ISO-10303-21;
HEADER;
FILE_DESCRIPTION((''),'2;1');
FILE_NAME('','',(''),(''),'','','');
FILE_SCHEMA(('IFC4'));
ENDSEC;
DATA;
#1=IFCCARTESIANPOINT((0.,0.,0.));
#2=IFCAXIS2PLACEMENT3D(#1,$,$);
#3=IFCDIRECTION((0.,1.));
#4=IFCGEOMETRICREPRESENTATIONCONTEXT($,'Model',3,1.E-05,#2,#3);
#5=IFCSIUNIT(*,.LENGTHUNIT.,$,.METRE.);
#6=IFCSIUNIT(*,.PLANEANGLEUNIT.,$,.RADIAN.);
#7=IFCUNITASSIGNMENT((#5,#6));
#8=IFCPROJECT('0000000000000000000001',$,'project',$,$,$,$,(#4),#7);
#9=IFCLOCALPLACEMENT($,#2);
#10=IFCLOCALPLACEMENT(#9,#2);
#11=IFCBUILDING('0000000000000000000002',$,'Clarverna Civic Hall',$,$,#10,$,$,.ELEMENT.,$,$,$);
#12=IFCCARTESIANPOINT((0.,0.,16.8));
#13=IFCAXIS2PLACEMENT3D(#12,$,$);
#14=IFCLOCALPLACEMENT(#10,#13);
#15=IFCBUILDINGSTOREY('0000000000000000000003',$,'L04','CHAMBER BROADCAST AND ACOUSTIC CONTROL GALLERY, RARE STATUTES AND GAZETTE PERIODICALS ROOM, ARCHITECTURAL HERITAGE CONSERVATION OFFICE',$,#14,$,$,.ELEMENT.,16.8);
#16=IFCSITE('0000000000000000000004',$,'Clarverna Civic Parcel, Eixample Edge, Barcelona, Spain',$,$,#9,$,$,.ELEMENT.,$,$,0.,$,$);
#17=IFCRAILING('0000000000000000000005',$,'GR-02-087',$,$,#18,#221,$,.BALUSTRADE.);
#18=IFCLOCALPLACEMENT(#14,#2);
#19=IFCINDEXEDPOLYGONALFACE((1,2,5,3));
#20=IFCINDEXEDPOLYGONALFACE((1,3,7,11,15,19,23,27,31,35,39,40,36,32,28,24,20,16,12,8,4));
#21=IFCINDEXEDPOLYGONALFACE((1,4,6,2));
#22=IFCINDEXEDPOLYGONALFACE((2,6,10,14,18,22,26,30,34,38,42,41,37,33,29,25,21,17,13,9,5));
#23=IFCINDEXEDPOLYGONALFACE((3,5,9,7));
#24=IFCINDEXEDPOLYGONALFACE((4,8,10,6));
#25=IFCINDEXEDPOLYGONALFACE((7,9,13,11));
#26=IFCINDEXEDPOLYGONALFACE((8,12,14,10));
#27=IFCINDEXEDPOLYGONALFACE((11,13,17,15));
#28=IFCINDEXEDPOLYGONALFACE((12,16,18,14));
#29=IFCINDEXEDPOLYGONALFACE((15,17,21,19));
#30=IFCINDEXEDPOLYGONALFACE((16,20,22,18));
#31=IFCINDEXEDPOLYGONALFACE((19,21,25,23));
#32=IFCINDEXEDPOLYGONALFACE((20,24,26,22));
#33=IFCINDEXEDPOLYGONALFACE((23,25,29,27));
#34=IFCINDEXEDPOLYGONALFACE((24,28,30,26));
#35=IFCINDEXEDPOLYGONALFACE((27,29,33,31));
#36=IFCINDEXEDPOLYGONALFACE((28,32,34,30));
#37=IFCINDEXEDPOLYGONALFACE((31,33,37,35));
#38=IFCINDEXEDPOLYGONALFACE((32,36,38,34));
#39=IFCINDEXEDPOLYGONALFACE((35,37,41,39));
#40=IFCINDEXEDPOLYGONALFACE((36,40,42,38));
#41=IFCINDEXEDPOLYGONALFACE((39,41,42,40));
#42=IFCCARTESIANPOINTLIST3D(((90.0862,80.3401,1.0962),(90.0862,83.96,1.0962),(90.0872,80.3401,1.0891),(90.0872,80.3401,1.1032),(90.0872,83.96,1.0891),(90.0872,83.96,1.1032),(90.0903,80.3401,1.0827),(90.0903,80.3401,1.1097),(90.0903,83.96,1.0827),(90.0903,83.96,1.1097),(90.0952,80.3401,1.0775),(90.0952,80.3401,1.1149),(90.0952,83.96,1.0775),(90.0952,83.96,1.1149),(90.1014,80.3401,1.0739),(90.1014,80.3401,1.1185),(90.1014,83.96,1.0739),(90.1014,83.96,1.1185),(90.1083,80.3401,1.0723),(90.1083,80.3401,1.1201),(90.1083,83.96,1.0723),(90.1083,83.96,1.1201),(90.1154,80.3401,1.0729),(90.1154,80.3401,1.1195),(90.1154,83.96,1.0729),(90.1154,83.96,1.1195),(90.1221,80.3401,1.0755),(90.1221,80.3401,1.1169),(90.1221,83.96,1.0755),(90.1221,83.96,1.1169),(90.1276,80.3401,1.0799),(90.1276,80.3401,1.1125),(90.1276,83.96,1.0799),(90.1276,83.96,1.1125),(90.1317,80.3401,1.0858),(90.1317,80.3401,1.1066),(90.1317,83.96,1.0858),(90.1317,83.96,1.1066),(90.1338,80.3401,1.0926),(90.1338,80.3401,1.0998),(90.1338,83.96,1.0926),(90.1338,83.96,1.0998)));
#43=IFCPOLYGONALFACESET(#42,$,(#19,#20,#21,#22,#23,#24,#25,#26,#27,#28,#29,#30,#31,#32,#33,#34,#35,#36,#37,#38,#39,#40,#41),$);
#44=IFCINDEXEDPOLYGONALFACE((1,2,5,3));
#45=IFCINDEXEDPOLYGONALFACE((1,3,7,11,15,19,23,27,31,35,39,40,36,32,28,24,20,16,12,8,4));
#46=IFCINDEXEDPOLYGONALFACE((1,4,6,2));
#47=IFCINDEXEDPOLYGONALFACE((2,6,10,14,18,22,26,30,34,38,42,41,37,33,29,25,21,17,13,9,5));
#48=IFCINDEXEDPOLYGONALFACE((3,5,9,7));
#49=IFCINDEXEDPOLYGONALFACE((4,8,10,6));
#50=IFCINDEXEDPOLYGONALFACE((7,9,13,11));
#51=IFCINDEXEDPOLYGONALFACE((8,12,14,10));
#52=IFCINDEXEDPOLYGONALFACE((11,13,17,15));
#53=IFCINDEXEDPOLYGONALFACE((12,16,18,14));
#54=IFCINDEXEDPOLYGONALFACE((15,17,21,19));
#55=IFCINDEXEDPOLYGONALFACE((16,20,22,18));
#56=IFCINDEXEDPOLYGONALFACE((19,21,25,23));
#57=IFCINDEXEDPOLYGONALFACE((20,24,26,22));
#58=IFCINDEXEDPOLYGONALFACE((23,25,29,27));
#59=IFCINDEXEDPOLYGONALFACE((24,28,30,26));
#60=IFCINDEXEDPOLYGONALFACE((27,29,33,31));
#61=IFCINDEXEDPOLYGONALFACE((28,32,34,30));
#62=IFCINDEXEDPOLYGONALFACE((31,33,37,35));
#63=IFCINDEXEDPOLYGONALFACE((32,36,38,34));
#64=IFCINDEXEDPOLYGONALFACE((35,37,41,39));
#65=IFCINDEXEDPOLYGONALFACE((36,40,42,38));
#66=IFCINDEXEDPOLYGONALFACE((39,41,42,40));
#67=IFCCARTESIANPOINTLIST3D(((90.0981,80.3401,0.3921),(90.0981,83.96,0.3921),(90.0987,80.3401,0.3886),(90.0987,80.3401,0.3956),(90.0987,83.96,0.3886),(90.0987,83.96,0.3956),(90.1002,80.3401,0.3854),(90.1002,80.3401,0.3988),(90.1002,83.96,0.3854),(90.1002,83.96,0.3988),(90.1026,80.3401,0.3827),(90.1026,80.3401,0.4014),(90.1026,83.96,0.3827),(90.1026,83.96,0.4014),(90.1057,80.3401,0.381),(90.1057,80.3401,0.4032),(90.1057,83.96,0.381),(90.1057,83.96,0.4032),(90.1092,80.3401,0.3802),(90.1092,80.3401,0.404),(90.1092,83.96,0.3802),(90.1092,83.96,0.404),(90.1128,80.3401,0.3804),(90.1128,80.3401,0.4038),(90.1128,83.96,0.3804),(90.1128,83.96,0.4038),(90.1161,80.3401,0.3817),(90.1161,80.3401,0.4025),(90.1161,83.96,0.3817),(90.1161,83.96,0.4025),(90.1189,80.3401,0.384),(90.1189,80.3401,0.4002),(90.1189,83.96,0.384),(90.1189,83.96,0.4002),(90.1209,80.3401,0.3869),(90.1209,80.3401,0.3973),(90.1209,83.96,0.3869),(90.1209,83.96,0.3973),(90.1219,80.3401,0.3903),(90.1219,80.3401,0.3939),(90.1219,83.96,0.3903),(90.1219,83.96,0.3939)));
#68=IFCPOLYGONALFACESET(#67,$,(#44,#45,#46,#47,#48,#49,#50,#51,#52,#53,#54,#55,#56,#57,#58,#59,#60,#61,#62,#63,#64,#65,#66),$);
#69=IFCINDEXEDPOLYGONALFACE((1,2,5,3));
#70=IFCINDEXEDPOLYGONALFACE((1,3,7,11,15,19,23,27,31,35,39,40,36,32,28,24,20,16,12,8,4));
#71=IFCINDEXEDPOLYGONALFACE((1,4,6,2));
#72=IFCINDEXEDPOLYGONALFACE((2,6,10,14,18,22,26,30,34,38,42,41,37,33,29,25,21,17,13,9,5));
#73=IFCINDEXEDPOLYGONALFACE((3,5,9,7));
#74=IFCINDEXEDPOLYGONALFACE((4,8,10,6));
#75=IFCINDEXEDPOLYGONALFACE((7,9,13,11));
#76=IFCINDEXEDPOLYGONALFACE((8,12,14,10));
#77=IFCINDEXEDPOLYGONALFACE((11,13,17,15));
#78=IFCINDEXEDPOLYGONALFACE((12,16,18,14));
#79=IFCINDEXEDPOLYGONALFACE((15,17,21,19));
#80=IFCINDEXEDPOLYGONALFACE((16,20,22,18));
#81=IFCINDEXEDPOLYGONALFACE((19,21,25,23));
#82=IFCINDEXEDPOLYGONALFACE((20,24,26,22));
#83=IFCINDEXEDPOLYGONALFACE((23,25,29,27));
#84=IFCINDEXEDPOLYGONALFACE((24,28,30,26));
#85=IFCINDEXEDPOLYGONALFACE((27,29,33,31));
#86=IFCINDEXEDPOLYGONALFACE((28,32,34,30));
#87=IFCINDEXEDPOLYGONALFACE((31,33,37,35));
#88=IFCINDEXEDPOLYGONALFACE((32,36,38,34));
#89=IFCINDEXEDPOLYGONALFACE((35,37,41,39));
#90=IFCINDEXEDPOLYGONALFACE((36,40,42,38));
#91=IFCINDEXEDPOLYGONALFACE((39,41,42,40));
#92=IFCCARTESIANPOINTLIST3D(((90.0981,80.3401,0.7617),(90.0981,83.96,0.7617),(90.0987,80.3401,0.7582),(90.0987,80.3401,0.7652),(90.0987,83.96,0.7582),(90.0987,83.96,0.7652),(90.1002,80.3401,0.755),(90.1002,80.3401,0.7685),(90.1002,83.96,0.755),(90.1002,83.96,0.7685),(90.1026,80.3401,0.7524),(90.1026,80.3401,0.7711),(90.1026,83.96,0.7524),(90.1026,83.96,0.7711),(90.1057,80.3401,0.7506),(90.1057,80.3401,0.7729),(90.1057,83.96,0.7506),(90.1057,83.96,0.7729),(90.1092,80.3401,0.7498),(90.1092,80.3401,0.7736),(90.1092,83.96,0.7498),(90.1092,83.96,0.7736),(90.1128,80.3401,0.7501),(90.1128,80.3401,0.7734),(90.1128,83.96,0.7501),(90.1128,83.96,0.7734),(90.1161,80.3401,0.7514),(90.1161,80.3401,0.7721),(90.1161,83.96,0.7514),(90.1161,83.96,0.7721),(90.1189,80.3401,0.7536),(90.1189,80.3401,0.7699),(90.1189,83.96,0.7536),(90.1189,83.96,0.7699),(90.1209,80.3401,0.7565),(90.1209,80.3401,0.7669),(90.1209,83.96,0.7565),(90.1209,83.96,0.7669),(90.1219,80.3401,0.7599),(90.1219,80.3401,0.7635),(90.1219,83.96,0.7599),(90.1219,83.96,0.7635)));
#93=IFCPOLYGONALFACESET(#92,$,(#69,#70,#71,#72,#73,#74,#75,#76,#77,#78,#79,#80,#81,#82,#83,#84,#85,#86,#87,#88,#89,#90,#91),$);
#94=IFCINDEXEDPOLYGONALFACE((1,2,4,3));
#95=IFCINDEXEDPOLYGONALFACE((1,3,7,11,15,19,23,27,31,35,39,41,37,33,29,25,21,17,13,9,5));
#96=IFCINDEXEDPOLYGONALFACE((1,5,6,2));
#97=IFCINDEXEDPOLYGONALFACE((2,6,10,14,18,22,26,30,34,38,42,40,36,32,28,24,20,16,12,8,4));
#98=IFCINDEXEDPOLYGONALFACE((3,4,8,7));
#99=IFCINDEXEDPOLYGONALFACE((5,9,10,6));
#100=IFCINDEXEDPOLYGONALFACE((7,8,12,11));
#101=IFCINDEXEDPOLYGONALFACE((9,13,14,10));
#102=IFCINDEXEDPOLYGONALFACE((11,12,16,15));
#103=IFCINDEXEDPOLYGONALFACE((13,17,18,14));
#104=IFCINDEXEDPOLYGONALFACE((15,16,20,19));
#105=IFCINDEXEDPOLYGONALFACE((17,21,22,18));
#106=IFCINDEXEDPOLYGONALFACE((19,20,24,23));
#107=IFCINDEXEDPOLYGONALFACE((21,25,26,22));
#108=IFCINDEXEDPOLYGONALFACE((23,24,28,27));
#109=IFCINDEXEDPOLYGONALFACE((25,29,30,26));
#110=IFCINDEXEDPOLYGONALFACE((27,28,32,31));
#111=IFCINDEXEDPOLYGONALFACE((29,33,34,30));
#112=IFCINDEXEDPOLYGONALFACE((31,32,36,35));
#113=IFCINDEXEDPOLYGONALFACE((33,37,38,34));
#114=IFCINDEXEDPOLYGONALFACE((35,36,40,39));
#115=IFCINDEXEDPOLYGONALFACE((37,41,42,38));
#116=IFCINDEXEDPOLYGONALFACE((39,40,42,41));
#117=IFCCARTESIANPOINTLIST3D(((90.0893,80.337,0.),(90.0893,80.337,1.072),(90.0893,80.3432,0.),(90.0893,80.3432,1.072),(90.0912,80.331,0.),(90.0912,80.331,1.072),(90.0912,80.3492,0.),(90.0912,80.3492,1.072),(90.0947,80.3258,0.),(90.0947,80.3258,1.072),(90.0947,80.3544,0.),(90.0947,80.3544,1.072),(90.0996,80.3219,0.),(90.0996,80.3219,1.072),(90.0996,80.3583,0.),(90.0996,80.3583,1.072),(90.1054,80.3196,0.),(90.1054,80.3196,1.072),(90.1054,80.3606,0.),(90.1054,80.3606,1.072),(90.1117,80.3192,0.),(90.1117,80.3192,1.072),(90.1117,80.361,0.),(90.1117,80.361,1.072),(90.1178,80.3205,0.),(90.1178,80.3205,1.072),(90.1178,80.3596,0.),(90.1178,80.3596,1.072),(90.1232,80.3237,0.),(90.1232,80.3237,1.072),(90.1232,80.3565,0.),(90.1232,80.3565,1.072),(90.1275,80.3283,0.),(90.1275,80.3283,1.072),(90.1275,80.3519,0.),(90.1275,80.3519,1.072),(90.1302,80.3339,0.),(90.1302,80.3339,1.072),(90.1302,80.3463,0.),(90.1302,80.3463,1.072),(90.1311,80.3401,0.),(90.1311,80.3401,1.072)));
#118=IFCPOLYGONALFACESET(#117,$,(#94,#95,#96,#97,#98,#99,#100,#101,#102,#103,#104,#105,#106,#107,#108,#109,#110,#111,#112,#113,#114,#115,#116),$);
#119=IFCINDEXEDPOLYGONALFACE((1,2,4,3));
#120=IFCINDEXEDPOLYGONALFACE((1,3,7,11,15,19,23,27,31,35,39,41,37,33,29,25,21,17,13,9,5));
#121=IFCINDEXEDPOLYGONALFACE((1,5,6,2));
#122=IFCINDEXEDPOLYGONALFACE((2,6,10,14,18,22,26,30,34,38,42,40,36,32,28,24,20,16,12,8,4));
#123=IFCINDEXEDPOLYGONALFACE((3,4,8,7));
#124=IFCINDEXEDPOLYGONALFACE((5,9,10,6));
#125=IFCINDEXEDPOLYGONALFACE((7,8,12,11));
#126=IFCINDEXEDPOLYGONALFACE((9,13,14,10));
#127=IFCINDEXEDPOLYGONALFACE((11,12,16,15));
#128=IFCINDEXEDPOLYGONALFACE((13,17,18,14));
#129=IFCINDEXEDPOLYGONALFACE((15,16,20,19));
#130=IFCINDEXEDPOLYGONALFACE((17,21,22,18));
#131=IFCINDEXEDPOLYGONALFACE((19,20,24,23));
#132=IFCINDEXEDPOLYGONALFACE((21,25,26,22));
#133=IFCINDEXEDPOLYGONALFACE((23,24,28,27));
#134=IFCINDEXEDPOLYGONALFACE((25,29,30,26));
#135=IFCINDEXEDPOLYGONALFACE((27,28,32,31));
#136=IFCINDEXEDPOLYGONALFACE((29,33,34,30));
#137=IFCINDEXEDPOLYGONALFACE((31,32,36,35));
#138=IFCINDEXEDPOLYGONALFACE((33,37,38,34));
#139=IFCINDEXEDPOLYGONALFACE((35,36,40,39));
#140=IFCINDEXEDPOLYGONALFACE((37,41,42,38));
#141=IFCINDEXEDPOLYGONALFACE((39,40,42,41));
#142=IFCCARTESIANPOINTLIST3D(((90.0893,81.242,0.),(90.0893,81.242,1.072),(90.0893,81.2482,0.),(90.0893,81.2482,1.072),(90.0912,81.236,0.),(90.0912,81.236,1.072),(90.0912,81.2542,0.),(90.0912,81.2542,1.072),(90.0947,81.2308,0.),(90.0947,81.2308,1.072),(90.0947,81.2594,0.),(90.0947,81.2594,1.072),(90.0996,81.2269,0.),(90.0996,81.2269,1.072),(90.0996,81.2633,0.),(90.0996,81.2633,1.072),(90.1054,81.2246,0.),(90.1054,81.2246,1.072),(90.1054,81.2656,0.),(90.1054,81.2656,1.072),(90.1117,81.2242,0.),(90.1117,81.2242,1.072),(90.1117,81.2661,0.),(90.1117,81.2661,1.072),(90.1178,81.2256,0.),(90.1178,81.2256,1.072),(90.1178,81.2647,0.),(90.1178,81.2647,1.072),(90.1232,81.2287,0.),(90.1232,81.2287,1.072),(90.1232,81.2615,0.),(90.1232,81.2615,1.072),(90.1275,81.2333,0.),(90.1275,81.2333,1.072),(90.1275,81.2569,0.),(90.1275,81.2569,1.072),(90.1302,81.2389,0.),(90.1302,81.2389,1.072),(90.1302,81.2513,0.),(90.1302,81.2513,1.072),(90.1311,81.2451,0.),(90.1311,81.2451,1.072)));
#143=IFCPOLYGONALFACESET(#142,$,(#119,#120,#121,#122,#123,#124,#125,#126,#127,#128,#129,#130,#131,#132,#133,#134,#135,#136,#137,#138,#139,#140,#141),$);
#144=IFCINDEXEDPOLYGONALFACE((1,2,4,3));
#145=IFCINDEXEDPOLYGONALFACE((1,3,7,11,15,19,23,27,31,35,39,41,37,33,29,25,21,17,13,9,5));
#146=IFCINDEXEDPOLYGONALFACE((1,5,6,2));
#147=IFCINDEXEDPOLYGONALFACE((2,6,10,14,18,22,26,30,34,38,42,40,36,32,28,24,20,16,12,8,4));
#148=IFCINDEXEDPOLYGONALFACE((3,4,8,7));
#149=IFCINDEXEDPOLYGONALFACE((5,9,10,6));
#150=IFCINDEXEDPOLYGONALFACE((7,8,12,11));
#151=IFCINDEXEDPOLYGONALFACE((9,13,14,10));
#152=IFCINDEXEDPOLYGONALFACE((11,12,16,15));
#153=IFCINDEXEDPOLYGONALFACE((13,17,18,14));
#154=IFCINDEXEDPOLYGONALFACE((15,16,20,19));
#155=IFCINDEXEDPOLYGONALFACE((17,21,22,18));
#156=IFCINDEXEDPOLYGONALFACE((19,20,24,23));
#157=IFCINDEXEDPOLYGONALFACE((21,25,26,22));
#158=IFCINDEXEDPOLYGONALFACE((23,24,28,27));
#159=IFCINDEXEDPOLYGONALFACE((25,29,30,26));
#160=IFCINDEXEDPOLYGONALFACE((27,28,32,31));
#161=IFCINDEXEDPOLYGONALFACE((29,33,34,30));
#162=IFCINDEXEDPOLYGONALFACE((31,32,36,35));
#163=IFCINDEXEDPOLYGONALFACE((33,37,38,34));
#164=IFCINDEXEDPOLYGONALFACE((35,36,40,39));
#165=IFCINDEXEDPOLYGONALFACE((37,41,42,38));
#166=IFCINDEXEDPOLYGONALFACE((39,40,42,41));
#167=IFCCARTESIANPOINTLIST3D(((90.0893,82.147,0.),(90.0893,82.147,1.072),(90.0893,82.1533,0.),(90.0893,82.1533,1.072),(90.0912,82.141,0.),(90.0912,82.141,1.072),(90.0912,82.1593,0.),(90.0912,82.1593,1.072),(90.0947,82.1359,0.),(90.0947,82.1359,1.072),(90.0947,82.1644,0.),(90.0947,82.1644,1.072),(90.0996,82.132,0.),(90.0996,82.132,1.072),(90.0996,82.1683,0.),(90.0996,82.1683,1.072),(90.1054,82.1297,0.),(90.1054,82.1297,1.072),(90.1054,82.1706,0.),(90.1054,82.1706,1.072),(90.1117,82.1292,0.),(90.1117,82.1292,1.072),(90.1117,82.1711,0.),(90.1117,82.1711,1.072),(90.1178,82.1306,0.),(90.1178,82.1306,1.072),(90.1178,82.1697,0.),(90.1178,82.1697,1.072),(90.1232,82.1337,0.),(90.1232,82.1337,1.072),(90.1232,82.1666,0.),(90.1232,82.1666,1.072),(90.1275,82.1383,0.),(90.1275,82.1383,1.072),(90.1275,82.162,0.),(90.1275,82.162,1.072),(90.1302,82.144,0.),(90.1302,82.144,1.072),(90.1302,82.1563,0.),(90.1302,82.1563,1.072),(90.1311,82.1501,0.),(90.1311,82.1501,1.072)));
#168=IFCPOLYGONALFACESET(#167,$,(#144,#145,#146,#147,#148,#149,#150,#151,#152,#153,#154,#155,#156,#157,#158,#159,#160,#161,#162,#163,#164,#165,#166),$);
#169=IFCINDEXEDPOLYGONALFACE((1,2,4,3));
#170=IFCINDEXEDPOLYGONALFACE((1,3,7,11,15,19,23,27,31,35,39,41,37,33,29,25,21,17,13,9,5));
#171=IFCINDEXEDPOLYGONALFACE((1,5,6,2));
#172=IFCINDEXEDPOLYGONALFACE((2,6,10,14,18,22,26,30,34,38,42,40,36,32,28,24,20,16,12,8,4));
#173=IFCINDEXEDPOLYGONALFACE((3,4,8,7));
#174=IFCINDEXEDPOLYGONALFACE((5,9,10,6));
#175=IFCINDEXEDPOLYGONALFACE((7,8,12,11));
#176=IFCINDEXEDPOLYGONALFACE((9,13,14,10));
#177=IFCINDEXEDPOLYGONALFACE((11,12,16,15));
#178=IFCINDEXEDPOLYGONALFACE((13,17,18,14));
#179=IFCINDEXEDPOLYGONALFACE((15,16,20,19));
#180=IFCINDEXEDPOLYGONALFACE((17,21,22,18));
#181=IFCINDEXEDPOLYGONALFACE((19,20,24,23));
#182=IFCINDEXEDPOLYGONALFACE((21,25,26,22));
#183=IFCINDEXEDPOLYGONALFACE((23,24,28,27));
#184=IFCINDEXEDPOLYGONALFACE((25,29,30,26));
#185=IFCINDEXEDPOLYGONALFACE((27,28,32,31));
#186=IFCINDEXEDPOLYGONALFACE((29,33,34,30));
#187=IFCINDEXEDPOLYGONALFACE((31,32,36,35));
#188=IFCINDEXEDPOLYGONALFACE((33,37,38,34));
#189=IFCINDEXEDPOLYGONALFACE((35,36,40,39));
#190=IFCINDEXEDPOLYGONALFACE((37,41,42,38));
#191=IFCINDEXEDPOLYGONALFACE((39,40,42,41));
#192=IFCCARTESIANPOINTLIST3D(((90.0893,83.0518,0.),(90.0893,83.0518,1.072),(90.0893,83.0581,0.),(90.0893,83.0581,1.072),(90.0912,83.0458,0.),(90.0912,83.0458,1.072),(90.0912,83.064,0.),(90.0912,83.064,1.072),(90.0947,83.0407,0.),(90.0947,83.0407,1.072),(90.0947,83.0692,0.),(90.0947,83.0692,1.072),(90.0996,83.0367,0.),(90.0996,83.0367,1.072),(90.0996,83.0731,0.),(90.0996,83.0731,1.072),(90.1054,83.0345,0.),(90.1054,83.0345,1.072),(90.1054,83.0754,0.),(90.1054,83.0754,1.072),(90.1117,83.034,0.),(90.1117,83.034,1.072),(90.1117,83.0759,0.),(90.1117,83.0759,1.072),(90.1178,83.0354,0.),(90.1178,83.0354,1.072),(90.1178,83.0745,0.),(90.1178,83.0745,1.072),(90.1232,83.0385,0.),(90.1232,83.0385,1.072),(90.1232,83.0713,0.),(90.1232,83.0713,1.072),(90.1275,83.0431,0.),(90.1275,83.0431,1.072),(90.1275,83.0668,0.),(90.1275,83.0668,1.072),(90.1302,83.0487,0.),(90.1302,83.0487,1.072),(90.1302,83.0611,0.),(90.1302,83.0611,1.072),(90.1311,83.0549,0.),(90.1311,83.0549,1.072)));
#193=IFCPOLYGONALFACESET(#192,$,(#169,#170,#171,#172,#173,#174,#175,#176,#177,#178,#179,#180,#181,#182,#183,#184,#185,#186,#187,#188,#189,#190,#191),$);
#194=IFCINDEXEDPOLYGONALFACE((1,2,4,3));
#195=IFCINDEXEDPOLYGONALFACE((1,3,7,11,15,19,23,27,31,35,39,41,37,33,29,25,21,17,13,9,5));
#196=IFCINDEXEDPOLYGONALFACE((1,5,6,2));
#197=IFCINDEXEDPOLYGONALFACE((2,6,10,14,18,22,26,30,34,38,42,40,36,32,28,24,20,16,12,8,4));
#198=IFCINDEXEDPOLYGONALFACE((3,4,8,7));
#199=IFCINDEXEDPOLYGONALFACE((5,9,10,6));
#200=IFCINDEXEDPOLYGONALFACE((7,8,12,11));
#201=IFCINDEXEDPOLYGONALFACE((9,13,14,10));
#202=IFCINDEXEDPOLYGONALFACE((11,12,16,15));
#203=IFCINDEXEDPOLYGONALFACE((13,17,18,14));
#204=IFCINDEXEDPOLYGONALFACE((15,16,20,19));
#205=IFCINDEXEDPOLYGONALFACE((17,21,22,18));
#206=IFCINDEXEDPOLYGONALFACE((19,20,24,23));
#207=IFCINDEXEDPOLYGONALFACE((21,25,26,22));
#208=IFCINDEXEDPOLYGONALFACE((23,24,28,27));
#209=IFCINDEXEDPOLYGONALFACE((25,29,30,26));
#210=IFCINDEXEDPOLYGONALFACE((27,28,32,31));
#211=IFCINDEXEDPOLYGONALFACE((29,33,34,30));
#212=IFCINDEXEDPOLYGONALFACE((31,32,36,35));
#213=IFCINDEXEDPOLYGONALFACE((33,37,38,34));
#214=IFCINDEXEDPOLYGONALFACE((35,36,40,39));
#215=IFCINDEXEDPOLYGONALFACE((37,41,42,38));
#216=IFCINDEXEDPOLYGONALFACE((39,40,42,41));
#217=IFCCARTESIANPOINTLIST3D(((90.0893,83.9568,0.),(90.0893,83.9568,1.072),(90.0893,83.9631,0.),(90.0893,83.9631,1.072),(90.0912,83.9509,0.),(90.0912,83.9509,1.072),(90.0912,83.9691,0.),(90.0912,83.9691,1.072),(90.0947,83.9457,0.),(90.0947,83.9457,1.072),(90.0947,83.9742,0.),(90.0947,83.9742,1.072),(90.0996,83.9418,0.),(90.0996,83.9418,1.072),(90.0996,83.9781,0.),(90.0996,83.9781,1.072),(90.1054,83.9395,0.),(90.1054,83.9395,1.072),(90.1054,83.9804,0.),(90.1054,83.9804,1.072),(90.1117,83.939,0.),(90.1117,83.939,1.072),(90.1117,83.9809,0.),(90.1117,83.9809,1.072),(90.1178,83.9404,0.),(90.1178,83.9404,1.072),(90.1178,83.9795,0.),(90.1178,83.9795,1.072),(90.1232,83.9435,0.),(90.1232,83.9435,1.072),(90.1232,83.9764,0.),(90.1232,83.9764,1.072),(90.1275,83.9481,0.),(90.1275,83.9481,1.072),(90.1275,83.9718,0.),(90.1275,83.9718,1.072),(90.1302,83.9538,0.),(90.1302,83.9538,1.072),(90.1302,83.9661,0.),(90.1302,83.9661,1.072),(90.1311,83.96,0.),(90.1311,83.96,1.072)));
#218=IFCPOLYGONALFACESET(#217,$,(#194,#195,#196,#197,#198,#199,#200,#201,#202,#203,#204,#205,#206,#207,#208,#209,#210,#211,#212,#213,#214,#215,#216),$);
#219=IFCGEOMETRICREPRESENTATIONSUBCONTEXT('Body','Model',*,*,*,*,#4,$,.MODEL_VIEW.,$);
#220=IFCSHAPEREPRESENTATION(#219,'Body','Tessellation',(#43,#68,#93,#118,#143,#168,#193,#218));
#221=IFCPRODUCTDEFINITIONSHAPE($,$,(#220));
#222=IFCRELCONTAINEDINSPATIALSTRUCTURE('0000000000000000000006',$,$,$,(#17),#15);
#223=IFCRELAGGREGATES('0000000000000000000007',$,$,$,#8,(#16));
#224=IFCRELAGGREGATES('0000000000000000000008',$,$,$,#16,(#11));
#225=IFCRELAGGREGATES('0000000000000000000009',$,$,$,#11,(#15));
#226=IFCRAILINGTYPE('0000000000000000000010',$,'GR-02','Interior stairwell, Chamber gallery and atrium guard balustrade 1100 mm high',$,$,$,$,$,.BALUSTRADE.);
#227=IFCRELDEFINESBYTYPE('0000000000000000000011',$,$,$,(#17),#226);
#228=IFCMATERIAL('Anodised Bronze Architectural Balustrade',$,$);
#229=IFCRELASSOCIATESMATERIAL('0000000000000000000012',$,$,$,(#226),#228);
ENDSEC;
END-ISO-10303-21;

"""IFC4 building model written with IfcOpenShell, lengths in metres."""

from ifc_helpers import new_model, si_unit, direction, frame, origin, origin_2d, place, context, subcontext, project, spatial, circle, extrude, material, type_object, element, save


model = new_model("IFC4")

# Units and contexts
model_context = context("Model", 3, precision=1e-05, world=origin(), true_north=direction((0.0, 1.0)))
body_context = subcontext(model_context, "Body", "Model", "MODEL_VIEW")
ifc_project = project(units=[si_unit("LENGTHUNIT", "METRE"), si_unit("PLANEANGLEUNIT", "RADIAN")], contexts=[model_context])

# Site, building, storey
site_placement = place(None, origin())
site = spatial("IfcSite", under=ifc_project, at=site_placement, Name="Clarverna Civic Parcel, Eixample Edge, Barcelona, Spain", CompositionType="ELEMENT", RefElevation=0.0)
building_placement = place(site_placement, origin())
building = spatial("IfcBuilding", under=site, at=building_placement, Name="Clarverna Civic Hall", CompositionType="ELEMENT")
storey_placement = place(building_placement, frame((0.0, 0.0, 16.8)))
storey = spatial("IfcBuildingStorey", under=building, at=storey_placement, Name="L04", Description="CHAMBER BROADCAST AND ACOUSTIC CONTROL GALLERY, RARE STATUTES AND GAZETTE PERIODICALS ROOM, ARCHITECTURAL HERITAGE CONSERVATION OFFICE", CompositionType="ELEMENT", Elevation=16.8)

# Railing
ifc_material_1 = material(Name="Anodised Bronze Architectural Balustrade")
railing_type = type_object("IfcRailingType", Name="GR-02", Description="Interior stairwell, Chamber gallery and atrium guard balustrade 1100 mm high", PredefinedType="BALUSTRADE", material=ifc_material_1)
railing_placement = place(storey_placement, frame((90.1101, 80.3401, 0.0)))
element("IfcRailing", 1, at=railing_placement, inside=storey, type_object=railing_type, Name="GR-02-087", PredefinedType="BALUSTRADE", context=body_context, shape_type="SweptSolid", body=[
    extrude(circle(Radius=0.0239, at=origin_2d()), frame((0.0, 0.0, 1.0962), z_axis=(0.0, 1.0, 0.0), x_axis=(-1.0, 0.0, 0.0)), (0.0, 0.0, 1.0), 3.6199),
    extrude(circle(Radius=0.012, at=origin_2d()), frame((0.0, 0.0, 0.3921), z_axis=(0.0, 1.0, 0.0), x_axis=(-1.0, 0.0, 0.0)), (0.0, 0.0, 1.0), 3.6199),
    extrude(circle(Radius=0.012, at=origin_2d()), frame((0.0, 0.0, 0.7617), z_axis=(0.0, 1.0, 0.0), x_axis=(-1.0, 0.0, 0.0)), (0.0, 0.0, 1.0), 3.6199),
    extrude(circle(Radius=0.021, at=origin_2d()), origin(), (0.0, 0.0, 1.0), 1.072),
    extrude(circle(Radius=0.021, at=origin_2d()), frame((0.0, 0.905, 0.0)), (0.0, 0.0, 1.0), 1.072),
    extrude(circle(Radius=0.021, at=origin_2d()), frame((0.0, 1.8101, 0.0)), (0.0, 0.0, 1.0), 1.072),
    extrude(circle(Radius=0.021, at=origin_2d()), frame((0.0, 2.7148, 0.0)), (0.0, 0.0, 1.0), 1.072),
    extrude(circle(Radius=0.021, at=origin_2d()), frame((0.0, 3.6199, 0.0)), (0.0, 0.0, 1.0), 1.072),
])

save(model, "model.ifc")
